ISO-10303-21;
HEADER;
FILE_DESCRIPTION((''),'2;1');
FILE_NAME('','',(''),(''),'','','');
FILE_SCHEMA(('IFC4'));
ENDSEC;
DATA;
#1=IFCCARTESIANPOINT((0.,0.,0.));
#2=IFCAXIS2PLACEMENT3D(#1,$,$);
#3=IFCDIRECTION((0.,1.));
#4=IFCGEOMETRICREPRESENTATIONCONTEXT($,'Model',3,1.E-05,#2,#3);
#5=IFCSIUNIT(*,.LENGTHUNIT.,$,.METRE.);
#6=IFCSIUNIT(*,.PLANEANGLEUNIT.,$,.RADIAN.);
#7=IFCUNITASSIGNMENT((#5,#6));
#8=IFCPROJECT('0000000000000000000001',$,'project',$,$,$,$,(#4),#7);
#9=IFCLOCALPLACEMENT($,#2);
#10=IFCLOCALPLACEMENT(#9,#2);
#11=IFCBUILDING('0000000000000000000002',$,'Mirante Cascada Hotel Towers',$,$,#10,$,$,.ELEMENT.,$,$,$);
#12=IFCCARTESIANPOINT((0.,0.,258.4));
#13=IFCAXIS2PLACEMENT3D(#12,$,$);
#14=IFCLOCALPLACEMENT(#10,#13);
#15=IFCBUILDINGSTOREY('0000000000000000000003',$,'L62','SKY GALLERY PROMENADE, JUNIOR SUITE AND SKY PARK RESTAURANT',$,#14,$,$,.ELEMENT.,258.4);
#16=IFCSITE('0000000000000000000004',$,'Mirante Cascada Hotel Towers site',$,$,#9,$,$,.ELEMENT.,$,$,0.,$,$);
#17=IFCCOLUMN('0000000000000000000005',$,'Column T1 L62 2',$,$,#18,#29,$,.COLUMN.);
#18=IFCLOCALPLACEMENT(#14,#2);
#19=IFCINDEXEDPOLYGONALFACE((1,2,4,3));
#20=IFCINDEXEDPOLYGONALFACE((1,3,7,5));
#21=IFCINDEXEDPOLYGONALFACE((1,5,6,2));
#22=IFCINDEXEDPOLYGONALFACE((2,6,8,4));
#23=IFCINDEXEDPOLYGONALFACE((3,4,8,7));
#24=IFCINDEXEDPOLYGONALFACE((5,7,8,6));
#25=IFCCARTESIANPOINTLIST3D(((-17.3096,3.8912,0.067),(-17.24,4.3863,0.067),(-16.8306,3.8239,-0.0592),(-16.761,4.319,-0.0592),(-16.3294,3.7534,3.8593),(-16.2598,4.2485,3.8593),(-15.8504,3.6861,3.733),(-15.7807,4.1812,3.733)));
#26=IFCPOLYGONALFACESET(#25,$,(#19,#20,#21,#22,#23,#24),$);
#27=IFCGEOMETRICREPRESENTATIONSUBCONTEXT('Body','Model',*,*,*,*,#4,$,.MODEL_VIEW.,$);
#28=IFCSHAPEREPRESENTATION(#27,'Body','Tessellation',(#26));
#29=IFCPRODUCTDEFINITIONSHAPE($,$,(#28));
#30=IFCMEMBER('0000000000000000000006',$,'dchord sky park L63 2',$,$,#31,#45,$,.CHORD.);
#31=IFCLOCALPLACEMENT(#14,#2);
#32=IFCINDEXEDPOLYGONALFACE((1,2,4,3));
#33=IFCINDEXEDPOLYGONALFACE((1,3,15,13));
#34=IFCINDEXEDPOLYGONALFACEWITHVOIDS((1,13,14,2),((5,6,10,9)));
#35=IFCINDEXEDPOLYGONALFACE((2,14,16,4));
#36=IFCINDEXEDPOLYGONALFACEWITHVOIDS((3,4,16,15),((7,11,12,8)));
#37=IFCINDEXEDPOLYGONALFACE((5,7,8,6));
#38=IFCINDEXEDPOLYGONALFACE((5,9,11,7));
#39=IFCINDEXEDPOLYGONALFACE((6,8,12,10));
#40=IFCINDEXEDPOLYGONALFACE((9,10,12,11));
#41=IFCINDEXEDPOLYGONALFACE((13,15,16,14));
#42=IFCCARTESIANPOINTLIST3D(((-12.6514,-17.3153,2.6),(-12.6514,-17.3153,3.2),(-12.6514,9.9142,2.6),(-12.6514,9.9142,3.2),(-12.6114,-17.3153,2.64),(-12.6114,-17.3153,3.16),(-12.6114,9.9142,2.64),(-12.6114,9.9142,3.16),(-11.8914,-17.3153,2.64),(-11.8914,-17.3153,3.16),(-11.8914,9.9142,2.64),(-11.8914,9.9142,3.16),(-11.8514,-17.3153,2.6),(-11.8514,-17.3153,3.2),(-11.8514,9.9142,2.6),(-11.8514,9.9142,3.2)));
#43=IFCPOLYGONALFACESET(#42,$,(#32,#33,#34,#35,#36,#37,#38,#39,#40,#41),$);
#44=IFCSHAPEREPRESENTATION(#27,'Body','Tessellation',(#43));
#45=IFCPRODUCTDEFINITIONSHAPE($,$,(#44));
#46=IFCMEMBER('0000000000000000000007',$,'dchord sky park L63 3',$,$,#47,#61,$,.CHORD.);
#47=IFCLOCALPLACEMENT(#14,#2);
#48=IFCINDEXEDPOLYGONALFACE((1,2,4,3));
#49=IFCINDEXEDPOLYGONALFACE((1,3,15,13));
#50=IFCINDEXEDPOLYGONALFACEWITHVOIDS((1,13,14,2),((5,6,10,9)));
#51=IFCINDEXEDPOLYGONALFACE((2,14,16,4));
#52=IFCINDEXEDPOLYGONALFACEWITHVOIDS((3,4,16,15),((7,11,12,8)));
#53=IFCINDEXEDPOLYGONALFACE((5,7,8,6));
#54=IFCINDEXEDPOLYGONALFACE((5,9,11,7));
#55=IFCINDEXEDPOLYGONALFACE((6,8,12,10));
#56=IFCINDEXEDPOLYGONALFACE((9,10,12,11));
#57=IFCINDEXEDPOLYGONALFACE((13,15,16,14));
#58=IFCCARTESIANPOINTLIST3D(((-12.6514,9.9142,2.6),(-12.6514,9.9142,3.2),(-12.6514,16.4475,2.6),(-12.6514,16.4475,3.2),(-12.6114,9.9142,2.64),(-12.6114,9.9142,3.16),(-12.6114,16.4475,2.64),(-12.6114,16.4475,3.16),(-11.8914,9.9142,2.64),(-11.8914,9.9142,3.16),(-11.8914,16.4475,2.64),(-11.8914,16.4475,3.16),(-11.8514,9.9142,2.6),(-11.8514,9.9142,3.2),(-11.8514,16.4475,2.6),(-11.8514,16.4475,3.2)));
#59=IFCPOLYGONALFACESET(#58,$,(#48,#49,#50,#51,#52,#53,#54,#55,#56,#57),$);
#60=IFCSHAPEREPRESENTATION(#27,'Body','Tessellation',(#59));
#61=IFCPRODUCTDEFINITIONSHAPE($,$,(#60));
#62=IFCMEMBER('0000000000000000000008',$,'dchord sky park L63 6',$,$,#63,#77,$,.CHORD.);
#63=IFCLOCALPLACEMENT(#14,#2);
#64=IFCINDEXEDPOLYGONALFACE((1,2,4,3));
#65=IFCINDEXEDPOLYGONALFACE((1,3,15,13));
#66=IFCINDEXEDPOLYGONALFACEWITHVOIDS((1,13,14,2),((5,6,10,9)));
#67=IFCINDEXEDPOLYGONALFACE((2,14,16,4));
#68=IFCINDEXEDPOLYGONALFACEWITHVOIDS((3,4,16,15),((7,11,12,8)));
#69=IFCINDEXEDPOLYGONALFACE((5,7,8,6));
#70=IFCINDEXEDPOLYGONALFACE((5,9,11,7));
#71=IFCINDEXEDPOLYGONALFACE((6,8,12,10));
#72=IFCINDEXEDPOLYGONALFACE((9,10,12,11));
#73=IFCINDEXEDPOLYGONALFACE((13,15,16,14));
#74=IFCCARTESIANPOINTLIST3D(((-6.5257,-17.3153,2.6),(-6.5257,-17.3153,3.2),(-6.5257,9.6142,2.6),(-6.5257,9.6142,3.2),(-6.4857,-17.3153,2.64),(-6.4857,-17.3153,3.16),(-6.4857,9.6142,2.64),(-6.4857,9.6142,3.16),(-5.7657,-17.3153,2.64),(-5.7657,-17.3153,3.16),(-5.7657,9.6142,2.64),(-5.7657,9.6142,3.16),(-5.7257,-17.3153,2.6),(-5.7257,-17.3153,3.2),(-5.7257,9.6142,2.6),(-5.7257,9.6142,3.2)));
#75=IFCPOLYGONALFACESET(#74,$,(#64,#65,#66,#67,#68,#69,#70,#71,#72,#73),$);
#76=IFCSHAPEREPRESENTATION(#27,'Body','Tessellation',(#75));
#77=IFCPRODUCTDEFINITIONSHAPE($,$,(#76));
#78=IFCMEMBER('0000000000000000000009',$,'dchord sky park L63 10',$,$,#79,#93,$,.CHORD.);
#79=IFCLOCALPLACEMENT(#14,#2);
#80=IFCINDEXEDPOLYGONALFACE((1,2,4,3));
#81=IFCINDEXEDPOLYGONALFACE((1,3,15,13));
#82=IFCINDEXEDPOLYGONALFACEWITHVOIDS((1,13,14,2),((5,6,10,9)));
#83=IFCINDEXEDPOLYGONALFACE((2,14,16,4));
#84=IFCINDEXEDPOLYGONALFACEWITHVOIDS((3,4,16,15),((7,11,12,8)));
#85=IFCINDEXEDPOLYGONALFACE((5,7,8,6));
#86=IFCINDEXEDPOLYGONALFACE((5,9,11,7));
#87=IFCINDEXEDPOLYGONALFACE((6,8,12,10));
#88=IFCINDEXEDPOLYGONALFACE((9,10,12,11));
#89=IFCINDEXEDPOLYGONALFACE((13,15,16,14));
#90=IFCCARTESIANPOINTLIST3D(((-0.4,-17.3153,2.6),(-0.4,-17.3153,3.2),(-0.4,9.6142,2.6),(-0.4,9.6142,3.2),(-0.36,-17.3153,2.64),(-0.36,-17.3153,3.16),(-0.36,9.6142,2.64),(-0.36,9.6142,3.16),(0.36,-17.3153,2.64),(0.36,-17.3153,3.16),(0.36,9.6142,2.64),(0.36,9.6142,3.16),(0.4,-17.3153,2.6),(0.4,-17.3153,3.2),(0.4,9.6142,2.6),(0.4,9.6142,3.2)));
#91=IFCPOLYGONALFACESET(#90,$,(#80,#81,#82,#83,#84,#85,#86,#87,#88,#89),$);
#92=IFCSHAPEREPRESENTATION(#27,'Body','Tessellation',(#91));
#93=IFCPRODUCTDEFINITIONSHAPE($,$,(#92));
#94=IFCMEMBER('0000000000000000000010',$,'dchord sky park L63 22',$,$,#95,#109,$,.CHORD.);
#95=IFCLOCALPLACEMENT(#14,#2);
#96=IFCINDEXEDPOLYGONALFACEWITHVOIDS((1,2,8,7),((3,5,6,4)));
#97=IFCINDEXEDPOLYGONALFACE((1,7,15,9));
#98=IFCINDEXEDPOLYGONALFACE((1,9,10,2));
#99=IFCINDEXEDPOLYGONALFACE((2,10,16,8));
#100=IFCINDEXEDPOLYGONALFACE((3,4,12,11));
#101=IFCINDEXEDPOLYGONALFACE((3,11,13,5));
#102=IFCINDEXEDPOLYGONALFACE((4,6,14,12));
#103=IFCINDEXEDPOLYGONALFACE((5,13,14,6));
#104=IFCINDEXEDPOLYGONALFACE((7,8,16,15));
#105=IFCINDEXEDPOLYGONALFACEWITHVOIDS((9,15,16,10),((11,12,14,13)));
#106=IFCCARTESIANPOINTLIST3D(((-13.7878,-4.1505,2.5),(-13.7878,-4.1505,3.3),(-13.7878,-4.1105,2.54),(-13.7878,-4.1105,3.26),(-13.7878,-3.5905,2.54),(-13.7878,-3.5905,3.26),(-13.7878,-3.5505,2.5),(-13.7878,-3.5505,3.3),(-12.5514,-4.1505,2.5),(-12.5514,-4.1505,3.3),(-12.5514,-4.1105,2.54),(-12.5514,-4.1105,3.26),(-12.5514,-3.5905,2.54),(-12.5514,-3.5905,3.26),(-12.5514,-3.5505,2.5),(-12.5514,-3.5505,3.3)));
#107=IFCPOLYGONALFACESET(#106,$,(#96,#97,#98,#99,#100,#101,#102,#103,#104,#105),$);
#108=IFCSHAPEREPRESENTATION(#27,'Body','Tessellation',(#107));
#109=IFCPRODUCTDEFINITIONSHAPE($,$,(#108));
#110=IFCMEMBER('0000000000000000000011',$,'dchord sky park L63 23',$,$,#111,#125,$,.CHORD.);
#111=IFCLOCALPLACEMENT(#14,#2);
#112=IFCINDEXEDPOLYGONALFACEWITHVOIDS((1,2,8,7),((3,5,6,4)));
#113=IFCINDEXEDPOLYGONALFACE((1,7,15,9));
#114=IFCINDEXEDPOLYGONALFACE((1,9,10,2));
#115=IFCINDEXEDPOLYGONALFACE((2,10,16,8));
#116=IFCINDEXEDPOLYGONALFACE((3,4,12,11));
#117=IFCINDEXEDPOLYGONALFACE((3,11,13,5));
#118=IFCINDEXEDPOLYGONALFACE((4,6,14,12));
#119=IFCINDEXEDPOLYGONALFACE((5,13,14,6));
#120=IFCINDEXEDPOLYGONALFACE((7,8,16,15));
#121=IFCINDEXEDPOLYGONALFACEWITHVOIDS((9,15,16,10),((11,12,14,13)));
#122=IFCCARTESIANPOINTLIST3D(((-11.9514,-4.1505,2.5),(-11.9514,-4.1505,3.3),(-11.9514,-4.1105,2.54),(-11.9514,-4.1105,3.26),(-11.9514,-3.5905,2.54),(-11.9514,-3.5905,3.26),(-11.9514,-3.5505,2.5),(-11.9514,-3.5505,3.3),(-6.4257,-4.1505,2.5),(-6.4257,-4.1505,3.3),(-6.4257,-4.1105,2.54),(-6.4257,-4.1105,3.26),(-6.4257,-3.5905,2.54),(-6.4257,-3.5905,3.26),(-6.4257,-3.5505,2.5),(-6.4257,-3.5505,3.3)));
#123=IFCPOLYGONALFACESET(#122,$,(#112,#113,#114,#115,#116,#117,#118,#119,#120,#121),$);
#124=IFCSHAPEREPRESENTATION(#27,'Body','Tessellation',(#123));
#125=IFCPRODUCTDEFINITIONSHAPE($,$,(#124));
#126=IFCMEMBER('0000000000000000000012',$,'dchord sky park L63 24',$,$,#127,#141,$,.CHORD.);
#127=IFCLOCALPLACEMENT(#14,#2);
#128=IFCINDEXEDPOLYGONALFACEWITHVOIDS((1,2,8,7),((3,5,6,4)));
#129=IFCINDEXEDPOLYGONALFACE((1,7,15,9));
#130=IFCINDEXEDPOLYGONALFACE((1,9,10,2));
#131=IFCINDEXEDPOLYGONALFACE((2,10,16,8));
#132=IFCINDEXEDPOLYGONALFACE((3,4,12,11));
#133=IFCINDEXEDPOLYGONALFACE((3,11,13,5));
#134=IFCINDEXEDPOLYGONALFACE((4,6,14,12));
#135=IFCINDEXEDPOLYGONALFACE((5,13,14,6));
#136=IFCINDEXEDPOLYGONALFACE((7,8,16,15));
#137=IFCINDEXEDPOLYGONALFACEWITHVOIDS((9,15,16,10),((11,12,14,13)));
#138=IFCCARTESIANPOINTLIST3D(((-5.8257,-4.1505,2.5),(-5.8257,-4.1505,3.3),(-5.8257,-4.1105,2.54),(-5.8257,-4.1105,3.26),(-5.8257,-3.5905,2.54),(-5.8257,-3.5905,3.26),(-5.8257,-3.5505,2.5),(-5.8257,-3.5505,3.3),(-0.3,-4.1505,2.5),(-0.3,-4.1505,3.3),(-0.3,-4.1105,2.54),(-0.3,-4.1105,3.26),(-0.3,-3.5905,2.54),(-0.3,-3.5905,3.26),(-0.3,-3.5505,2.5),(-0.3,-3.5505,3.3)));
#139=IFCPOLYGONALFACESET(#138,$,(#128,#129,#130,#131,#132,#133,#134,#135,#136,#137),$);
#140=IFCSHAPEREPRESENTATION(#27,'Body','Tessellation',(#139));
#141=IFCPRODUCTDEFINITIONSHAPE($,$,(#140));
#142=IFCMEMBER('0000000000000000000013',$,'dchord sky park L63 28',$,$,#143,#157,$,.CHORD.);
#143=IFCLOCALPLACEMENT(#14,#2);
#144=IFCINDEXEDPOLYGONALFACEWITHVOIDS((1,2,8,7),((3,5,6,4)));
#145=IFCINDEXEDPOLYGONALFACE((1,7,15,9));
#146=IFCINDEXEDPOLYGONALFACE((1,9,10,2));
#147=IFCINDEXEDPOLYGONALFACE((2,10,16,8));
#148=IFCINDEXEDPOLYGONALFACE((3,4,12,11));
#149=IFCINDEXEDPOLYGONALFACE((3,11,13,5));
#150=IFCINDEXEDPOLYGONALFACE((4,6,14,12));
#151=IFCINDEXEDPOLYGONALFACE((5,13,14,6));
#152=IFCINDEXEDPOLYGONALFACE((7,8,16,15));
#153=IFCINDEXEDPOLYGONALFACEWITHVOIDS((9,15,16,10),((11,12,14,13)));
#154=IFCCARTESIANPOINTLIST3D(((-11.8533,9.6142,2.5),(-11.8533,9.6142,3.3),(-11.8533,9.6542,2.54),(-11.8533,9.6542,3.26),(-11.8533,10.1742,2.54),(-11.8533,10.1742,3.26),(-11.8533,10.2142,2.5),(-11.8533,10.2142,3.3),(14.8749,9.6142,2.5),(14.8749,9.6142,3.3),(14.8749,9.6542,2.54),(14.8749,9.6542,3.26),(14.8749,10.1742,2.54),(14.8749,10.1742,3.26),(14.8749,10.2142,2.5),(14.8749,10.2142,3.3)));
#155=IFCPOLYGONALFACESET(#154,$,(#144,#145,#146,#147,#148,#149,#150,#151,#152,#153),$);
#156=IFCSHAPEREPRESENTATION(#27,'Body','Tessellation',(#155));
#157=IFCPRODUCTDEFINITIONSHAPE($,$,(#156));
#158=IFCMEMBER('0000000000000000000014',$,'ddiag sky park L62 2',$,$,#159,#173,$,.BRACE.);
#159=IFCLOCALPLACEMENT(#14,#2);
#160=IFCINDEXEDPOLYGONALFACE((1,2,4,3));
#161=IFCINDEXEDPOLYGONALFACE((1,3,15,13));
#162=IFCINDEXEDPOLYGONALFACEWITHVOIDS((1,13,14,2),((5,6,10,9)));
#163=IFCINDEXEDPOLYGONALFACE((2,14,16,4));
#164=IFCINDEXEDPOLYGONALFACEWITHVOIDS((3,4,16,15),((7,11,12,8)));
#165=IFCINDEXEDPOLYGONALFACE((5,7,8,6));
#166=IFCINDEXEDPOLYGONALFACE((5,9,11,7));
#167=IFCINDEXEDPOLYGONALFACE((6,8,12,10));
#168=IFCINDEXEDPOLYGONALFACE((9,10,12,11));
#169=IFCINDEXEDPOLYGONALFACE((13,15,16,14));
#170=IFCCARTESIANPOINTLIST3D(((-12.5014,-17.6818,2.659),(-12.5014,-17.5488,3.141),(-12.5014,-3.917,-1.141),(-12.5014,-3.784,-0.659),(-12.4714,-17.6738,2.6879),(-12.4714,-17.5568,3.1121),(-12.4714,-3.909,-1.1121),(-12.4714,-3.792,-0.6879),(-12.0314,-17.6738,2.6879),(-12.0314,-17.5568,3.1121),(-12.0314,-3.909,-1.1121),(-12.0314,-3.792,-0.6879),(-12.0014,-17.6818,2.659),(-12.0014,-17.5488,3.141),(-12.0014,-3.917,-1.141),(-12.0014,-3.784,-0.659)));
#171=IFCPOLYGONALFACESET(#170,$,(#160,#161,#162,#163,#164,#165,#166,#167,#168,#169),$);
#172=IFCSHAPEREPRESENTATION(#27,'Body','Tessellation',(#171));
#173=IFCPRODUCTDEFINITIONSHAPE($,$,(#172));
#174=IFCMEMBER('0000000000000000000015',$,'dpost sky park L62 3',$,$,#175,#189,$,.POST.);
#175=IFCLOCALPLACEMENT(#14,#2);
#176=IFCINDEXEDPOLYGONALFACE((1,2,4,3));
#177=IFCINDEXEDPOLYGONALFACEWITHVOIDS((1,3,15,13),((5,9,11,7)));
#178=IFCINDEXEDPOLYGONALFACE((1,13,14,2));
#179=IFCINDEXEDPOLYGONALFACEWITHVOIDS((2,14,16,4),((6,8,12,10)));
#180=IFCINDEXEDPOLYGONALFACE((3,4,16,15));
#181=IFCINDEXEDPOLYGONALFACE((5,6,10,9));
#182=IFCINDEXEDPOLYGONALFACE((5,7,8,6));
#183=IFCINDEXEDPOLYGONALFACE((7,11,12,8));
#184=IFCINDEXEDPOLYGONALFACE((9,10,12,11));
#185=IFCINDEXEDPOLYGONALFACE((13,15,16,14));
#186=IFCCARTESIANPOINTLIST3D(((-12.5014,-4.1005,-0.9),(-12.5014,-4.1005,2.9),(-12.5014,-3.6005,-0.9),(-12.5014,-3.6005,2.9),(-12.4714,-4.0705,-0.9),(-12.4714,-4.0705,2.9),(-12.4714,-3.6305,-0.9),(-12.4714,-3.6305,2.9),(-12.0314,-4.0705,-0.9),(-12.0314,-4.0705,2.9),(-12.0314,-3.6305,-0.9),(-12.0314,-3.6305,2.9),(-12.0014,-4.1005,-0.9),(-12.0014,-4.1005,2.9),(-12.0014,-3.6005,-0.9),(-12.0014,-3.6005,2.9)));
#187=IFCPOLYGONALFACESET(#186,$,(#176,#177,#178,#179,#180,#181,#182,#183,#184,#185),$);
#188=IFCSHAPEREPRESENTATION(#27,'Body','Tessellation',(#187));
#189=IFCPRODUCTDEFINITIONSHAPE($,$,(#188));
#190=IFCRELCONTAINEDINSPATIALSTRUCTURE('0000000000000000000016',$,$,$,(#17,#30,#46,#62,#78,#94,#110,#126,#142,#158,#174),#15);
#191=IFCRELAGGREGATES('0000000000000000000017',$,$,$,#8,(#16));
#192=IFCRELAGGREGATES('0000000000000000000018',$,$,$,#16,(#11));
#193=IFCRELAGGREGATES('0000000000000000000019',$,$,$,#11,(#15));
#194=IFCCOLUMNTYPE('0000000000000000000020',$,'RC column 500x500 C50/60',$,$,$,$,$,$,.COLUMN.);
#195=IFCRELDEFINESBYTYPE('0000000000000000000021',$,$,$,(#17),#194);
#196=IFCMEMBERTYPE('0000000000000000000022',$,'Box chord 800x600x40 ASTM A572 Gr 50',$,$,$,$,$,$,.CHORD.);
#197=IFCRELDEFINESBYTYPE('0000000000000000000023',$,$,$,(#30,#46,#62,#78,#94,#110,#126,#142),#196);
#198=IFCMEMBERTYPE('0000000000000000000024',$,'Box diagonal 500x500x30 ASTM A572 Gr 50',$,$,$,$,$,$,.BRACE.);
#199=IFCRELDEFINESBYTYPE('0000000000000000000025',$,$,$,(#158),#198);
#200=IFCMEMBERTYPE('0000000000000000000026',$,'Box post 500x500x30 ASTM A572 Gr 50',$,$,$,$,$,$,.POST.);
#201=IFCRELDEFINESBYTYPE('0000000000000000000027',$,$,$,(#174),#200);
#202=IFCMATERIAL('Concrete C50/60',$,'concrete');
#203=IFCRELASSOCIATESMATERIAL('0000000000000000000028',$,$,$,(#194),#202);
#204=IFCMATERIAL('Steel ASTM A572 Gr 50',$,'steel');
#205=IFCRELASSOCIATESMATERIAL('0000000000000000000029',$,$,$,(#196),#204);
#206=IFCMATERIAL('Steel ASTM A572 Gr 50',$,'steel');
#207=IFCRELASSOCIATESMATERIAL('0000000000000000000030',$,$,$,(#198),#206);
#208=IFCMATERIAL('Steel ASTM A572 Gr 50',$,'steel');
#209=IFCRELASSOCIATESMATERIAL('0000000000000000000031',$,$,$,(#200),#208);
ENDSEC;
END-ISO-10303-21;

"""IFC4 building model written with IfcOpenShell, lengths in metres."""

from ifc_helpers import new_model, si_unit, direction, frame, origin, origin_2d, place, context, subcontext, project, spatial, rectangle, hollow_rectangle, extrude, material, material_profile, profile_set, type_object, element, save


model = new_model("IFC4")

# Units and contexts
model_context = context("Model", 3, precision=1e-05, world=origin(), true_north=direction((0.0, 1.0)))
body_context = subcontext(model_context, "Body", "Model", "MODEL_VIEW")
ifc_project = project(units=[si_unit("LENGTHUNIT", "METRE"), si_unit("PLANEANGLEUNIT", "RADIAN")], contexts=[model_context])

# Site, building, storey
site_placement = place(None, origin())
site = spatial("IfcSite", under=ifc_project, at=site_placement, Name="Mirante Cascada Hotel Towers site", CompositionType="ELEMENT", RefElevation=0.0)
building_placement = place(site_placement, origin())
building = spatial("IfcBuilding", under=site, at=building_placement, Name="Mirante Cascada Hotel Towers", CompositionType="ELEMENT")
storey_placement = place(building_placement, frame((0.0, 0.0, 258.4)))
storey = spatial("IfcBuildingStorey", under=building, at=storey_placement, Name="L62", Description="SKY GALLERY PROMENADE, JUNIOR SUITE AND SKY PARK RESTAURANT", CompositionType="ELEMENT", Elevation=258.4)

# Column
ifc_material_1 = material(Name="Concrete C50/60", Category="concrete")
ifc_material_profile_1 = material_profile(ifc_material_1, rectangle(XDim=0.5, YDim=0.5, at=origin_2d()), Name="RC column 500x500 C50/60")
ifc_profile_set_1 = profile_set([ifc_material_profile_1], Name="Concrete C50/60")
column_type = type_object("IfcColumnType", Name="RC column 500x500 C50/60", PredefinedType="COLUMN", material=ifc_profile_set_1)
column_placement = place(storey_placement, frame((-17.0353, 4.1051, 0.0039), z_axis=(0.250099, -0.03516, 0.967582), x_axis=(0.139215, 0.990262, 0.0)))
element("IfcColumn", 1, at=column_placement, inside=storey, type_object=column_type, Name="Column T1 L62 2", PredefinedType="COLUMN", context=body_context, shape_type="SweptSolid", body=[
    extrude(rectangle(XDim=0.5, YDim=0.5, at=origin_2d()), origin(), (0.0, 0.0, 1.0), 3.9193),
])

# Members
ifc_material_2 = material(Name="Steel ASTM A572 Gr 50", Category="steel")
ifc_material_profile_2 = material_profile(ifc_material_2, hollow_rectangle(XDim=0.6, YDim=0.8, WallThickness=0.04, at=origin_2d()), Name="Box chord 800x600x40 ASTM A572 Gr 50")
ifc_profile_set_2 = profile_set([ifc_material_profile_2], Name="Steel ASTM A572 Gr 50")
member_type_1 = type_object("IfcMemberType", Name="Box chord 800x600x40 ASTM A572 Gr 50", PredefinedType="CHORD", material=ifc_profile_set_2)
member_1_placement = place(storey_placement, frame((-12.2514, -17.3153, 2.9), z_axis=(0.0, 1.0, 0.0), x_axis=(0.0, 0.0, 1.0)))
element("IfcMember", 2, at=member_1_placement, inside=storey, type_object=member_type_1, Name="dchord sky park L63 2", PredefinedType="CHORD", context=body_context, shape_type="SweptSolid", body=[
    extrude(hollow_rectangle(XDim=0.6, YDim=0.8, WallThickness=0.04, at=origin_2d()), origin(), (0.0, 0.0, 1.0), 27.2295),
])
member_2_placement = place(storey_placement, frame((-12.2514, 9.9142, 2.9), z_axis=(0.0, 1.0, 0.0), x_axis=(0.0, 0.0, 1.0)))
element("IfcMember", 3, at=member_2_placement, inside=storey, type_object=member_type_1, Name="dchord sky park L63 3", PredefinedType="CHORD", context=body_context, shape_type="SweptSolid", body=[
    extrude(hollow_rectangle(XDim=0.6, YDim=0.8, WallThickness=0.04, at=origin_2d()), origin(), (0.0, 0.0, 1.0), 6.5333),
])
for number, where, z_axis, x_axis, name in (
    (4, (-6.1257, -17.3153, 2.9), (0.0, 1.0, 0.0), (0.0, 0.0, 1.0), "dchord sky park L63 6"),
    (5, (0.0, -17.3153, 2.9), (0.0, 1.0, 0.0), (0.0, 0.0, 1.0), "dchord sky park L63 10"),
):
    element("IfcMember", number, at=place(storey_placement, frame(where, z_axis=z_axis, x_axis=x_axis)), inside=storey, type_object=member_type_1, Name=name, PredefinedType="CHORD", context=body_context, shape_type="SweptSolid", body=[
        extrude(hollow_rectangle(XDim=0.6, YDim=0.8, WallThickness=0.04, at=origin_2d()), origin(), (0.0, 0.0, 1.0), 26.9295),
    ])
member_3_placement = place(storey_placement, frame((-13.7878, -3.8505, 2.9), z_axis=(1.0, 0.0, 0.0), x_axis=(0.0, 1.0, 0.0)))
element("IfcMember", 6, at=member_3_placement, inside=storey, type_object=member_type_1, Name="dchord sky park L63 22", PredefinedType="CHORD", context=body_context, shape_type="SweptSolid", body=[
    extrude(hollow_rectangle(XDim=0.6, YDim=0.8, WallThickness=0.04, at=origin_2d()), origin(), (0.0, 0.0, 1.0), 1.2364),
])
for number, where, z_axis, x_axis, name in (
    (7, (-11.9514, -3.8505, 2.9), (1.0, 0.0, 0.0), (0.0, 1.0, 0.0), "dchord sky park L63 23"),
    (8, (-5.8257, -3.8505, 2.9), (1.0, 0.0, 0.0), (0.0, 1.0, 0.0), "dchord sky park L63 24"),
):
    element("IfcMember", number, at=place(storey_placement, frame(where, z_axis=z_axis, x_axis=x_axis)), inside=storey, type_object=member_type_1, Name=name, PredefinedType="CHORD", context=body_context, shape_type="SweptSolid", body=[
        extrude(hollow_rectangle(XDim=0.6, YDim=0.8, WallThickness=0.04, at=origin_2d()), origin(), (0.0, 0.0, 1.0), 5.5257),
    ])
member_4_placement = place(storey_placement, frame((-11.8533, 9.9142, 2.9), z_axis=(1.0, 0.0, 0.0), x_axis=(0.0, 1.0, 0.0)))
element("IfcMember", 9, at=member_4_placement, inside=storey, type_object=member_type_1, Name="dchord sky park L63 28", PredefinedType="CHORD", context=body_context, shape_type="SweptSolid", body=[
    extrude(hollow_rectangle(XDim=0.6, YDim=0.8, WallThickness=0.04, at=origin_2d()), origin(), (0.0, 0.0, 1.0), 26.7282),
])
ifc_material_3 = material(Name="Steel ASTM A572 Gr 50", Category="steel")
ifc_material_profile_3 = material_profile(ifc_material_3, hollow_rectangle(XDim=0.5, YDim=0.5, WallThickness=0.03, at=origin_2d()), Name="Box diagonal 500x500x30 ASTM A572 Gr 50")
ifc_profile_set_3 = profile_set([ifc_material_profile_3], Name="Steel ASTM A572 Gr 50")
member_type_2 = type_object("IfcMemberType", Name="Box diagonal 500x500x30 ASTM A572 Gr 50", PredefinedType="BRACE", material=ifc_profile_set_3)
member_5_placement = place(storey_placement, frame((-12.2514, -3.8505, -0.9), z_axis=(0.0, -0.963942, 0.266112), x_axis=(1.0, 0.0, 0.0)))
element("IfcMember", 10, at=member_5_placement, inside=storey, type_object=member_type_2, Name="ddiag sky park L62 2", PredefinedType="BRACE", context=body_context, shape_type="SweptSolid", body=[
    extrude(hollow_rectangle(XDim=0.5, YDim=0.5, WallThickness=0.03, at=origin_2d()), origin(), (0.0, 0.0, 1.0), 14.2797),
])
ifc_material_4 = material(Name="Steel ASTM A572 Gr 50", Category="steel")
ifc_material_profile_4 = material_profile(ifc_material_4, hollow_rectangle(XDim=0.5, YDim=0.5, WallThickness=0.03, at=origin_2d()), Name="Box post 500x500x30 ASTM A572 Gr 50")
ifc_profile_set_4 = profile_set([ifc_material_profile_4], Name="Steel ASTM A572 Gr 50")
member_type_3 = type_object("IfcMemberType", Name="Box post 500x500x30 ASTM A572 Gr 50", PredefinedType="POST", material=ifc_profile_set_4)
for number, where, z_axis, x_axis, name in (
    (11, (-12.2514, -3.8505, -0.9), (0.0, 0.0, 1.0), (1.0, 0.0, 0.0), "dpost sky park L62 3"),
):
    element("IfcMember", number, at=place(storey_placement, frame(where, z_axis=z_axis, x_axis=x_axis)), inside=storey, type_object=member_type_3, Name=name, PredefinedType="POST", context=body_context, shape_type="SweptSolid", body=[
        extrude(hollow_rectangle(XDim=0.5, YDim=0.5, WallThickness=0.03, at=origin_2d()), origin(), (0.0, 0.0, 1.0), 3.8),
    ])

save(model, "model.ifc")
